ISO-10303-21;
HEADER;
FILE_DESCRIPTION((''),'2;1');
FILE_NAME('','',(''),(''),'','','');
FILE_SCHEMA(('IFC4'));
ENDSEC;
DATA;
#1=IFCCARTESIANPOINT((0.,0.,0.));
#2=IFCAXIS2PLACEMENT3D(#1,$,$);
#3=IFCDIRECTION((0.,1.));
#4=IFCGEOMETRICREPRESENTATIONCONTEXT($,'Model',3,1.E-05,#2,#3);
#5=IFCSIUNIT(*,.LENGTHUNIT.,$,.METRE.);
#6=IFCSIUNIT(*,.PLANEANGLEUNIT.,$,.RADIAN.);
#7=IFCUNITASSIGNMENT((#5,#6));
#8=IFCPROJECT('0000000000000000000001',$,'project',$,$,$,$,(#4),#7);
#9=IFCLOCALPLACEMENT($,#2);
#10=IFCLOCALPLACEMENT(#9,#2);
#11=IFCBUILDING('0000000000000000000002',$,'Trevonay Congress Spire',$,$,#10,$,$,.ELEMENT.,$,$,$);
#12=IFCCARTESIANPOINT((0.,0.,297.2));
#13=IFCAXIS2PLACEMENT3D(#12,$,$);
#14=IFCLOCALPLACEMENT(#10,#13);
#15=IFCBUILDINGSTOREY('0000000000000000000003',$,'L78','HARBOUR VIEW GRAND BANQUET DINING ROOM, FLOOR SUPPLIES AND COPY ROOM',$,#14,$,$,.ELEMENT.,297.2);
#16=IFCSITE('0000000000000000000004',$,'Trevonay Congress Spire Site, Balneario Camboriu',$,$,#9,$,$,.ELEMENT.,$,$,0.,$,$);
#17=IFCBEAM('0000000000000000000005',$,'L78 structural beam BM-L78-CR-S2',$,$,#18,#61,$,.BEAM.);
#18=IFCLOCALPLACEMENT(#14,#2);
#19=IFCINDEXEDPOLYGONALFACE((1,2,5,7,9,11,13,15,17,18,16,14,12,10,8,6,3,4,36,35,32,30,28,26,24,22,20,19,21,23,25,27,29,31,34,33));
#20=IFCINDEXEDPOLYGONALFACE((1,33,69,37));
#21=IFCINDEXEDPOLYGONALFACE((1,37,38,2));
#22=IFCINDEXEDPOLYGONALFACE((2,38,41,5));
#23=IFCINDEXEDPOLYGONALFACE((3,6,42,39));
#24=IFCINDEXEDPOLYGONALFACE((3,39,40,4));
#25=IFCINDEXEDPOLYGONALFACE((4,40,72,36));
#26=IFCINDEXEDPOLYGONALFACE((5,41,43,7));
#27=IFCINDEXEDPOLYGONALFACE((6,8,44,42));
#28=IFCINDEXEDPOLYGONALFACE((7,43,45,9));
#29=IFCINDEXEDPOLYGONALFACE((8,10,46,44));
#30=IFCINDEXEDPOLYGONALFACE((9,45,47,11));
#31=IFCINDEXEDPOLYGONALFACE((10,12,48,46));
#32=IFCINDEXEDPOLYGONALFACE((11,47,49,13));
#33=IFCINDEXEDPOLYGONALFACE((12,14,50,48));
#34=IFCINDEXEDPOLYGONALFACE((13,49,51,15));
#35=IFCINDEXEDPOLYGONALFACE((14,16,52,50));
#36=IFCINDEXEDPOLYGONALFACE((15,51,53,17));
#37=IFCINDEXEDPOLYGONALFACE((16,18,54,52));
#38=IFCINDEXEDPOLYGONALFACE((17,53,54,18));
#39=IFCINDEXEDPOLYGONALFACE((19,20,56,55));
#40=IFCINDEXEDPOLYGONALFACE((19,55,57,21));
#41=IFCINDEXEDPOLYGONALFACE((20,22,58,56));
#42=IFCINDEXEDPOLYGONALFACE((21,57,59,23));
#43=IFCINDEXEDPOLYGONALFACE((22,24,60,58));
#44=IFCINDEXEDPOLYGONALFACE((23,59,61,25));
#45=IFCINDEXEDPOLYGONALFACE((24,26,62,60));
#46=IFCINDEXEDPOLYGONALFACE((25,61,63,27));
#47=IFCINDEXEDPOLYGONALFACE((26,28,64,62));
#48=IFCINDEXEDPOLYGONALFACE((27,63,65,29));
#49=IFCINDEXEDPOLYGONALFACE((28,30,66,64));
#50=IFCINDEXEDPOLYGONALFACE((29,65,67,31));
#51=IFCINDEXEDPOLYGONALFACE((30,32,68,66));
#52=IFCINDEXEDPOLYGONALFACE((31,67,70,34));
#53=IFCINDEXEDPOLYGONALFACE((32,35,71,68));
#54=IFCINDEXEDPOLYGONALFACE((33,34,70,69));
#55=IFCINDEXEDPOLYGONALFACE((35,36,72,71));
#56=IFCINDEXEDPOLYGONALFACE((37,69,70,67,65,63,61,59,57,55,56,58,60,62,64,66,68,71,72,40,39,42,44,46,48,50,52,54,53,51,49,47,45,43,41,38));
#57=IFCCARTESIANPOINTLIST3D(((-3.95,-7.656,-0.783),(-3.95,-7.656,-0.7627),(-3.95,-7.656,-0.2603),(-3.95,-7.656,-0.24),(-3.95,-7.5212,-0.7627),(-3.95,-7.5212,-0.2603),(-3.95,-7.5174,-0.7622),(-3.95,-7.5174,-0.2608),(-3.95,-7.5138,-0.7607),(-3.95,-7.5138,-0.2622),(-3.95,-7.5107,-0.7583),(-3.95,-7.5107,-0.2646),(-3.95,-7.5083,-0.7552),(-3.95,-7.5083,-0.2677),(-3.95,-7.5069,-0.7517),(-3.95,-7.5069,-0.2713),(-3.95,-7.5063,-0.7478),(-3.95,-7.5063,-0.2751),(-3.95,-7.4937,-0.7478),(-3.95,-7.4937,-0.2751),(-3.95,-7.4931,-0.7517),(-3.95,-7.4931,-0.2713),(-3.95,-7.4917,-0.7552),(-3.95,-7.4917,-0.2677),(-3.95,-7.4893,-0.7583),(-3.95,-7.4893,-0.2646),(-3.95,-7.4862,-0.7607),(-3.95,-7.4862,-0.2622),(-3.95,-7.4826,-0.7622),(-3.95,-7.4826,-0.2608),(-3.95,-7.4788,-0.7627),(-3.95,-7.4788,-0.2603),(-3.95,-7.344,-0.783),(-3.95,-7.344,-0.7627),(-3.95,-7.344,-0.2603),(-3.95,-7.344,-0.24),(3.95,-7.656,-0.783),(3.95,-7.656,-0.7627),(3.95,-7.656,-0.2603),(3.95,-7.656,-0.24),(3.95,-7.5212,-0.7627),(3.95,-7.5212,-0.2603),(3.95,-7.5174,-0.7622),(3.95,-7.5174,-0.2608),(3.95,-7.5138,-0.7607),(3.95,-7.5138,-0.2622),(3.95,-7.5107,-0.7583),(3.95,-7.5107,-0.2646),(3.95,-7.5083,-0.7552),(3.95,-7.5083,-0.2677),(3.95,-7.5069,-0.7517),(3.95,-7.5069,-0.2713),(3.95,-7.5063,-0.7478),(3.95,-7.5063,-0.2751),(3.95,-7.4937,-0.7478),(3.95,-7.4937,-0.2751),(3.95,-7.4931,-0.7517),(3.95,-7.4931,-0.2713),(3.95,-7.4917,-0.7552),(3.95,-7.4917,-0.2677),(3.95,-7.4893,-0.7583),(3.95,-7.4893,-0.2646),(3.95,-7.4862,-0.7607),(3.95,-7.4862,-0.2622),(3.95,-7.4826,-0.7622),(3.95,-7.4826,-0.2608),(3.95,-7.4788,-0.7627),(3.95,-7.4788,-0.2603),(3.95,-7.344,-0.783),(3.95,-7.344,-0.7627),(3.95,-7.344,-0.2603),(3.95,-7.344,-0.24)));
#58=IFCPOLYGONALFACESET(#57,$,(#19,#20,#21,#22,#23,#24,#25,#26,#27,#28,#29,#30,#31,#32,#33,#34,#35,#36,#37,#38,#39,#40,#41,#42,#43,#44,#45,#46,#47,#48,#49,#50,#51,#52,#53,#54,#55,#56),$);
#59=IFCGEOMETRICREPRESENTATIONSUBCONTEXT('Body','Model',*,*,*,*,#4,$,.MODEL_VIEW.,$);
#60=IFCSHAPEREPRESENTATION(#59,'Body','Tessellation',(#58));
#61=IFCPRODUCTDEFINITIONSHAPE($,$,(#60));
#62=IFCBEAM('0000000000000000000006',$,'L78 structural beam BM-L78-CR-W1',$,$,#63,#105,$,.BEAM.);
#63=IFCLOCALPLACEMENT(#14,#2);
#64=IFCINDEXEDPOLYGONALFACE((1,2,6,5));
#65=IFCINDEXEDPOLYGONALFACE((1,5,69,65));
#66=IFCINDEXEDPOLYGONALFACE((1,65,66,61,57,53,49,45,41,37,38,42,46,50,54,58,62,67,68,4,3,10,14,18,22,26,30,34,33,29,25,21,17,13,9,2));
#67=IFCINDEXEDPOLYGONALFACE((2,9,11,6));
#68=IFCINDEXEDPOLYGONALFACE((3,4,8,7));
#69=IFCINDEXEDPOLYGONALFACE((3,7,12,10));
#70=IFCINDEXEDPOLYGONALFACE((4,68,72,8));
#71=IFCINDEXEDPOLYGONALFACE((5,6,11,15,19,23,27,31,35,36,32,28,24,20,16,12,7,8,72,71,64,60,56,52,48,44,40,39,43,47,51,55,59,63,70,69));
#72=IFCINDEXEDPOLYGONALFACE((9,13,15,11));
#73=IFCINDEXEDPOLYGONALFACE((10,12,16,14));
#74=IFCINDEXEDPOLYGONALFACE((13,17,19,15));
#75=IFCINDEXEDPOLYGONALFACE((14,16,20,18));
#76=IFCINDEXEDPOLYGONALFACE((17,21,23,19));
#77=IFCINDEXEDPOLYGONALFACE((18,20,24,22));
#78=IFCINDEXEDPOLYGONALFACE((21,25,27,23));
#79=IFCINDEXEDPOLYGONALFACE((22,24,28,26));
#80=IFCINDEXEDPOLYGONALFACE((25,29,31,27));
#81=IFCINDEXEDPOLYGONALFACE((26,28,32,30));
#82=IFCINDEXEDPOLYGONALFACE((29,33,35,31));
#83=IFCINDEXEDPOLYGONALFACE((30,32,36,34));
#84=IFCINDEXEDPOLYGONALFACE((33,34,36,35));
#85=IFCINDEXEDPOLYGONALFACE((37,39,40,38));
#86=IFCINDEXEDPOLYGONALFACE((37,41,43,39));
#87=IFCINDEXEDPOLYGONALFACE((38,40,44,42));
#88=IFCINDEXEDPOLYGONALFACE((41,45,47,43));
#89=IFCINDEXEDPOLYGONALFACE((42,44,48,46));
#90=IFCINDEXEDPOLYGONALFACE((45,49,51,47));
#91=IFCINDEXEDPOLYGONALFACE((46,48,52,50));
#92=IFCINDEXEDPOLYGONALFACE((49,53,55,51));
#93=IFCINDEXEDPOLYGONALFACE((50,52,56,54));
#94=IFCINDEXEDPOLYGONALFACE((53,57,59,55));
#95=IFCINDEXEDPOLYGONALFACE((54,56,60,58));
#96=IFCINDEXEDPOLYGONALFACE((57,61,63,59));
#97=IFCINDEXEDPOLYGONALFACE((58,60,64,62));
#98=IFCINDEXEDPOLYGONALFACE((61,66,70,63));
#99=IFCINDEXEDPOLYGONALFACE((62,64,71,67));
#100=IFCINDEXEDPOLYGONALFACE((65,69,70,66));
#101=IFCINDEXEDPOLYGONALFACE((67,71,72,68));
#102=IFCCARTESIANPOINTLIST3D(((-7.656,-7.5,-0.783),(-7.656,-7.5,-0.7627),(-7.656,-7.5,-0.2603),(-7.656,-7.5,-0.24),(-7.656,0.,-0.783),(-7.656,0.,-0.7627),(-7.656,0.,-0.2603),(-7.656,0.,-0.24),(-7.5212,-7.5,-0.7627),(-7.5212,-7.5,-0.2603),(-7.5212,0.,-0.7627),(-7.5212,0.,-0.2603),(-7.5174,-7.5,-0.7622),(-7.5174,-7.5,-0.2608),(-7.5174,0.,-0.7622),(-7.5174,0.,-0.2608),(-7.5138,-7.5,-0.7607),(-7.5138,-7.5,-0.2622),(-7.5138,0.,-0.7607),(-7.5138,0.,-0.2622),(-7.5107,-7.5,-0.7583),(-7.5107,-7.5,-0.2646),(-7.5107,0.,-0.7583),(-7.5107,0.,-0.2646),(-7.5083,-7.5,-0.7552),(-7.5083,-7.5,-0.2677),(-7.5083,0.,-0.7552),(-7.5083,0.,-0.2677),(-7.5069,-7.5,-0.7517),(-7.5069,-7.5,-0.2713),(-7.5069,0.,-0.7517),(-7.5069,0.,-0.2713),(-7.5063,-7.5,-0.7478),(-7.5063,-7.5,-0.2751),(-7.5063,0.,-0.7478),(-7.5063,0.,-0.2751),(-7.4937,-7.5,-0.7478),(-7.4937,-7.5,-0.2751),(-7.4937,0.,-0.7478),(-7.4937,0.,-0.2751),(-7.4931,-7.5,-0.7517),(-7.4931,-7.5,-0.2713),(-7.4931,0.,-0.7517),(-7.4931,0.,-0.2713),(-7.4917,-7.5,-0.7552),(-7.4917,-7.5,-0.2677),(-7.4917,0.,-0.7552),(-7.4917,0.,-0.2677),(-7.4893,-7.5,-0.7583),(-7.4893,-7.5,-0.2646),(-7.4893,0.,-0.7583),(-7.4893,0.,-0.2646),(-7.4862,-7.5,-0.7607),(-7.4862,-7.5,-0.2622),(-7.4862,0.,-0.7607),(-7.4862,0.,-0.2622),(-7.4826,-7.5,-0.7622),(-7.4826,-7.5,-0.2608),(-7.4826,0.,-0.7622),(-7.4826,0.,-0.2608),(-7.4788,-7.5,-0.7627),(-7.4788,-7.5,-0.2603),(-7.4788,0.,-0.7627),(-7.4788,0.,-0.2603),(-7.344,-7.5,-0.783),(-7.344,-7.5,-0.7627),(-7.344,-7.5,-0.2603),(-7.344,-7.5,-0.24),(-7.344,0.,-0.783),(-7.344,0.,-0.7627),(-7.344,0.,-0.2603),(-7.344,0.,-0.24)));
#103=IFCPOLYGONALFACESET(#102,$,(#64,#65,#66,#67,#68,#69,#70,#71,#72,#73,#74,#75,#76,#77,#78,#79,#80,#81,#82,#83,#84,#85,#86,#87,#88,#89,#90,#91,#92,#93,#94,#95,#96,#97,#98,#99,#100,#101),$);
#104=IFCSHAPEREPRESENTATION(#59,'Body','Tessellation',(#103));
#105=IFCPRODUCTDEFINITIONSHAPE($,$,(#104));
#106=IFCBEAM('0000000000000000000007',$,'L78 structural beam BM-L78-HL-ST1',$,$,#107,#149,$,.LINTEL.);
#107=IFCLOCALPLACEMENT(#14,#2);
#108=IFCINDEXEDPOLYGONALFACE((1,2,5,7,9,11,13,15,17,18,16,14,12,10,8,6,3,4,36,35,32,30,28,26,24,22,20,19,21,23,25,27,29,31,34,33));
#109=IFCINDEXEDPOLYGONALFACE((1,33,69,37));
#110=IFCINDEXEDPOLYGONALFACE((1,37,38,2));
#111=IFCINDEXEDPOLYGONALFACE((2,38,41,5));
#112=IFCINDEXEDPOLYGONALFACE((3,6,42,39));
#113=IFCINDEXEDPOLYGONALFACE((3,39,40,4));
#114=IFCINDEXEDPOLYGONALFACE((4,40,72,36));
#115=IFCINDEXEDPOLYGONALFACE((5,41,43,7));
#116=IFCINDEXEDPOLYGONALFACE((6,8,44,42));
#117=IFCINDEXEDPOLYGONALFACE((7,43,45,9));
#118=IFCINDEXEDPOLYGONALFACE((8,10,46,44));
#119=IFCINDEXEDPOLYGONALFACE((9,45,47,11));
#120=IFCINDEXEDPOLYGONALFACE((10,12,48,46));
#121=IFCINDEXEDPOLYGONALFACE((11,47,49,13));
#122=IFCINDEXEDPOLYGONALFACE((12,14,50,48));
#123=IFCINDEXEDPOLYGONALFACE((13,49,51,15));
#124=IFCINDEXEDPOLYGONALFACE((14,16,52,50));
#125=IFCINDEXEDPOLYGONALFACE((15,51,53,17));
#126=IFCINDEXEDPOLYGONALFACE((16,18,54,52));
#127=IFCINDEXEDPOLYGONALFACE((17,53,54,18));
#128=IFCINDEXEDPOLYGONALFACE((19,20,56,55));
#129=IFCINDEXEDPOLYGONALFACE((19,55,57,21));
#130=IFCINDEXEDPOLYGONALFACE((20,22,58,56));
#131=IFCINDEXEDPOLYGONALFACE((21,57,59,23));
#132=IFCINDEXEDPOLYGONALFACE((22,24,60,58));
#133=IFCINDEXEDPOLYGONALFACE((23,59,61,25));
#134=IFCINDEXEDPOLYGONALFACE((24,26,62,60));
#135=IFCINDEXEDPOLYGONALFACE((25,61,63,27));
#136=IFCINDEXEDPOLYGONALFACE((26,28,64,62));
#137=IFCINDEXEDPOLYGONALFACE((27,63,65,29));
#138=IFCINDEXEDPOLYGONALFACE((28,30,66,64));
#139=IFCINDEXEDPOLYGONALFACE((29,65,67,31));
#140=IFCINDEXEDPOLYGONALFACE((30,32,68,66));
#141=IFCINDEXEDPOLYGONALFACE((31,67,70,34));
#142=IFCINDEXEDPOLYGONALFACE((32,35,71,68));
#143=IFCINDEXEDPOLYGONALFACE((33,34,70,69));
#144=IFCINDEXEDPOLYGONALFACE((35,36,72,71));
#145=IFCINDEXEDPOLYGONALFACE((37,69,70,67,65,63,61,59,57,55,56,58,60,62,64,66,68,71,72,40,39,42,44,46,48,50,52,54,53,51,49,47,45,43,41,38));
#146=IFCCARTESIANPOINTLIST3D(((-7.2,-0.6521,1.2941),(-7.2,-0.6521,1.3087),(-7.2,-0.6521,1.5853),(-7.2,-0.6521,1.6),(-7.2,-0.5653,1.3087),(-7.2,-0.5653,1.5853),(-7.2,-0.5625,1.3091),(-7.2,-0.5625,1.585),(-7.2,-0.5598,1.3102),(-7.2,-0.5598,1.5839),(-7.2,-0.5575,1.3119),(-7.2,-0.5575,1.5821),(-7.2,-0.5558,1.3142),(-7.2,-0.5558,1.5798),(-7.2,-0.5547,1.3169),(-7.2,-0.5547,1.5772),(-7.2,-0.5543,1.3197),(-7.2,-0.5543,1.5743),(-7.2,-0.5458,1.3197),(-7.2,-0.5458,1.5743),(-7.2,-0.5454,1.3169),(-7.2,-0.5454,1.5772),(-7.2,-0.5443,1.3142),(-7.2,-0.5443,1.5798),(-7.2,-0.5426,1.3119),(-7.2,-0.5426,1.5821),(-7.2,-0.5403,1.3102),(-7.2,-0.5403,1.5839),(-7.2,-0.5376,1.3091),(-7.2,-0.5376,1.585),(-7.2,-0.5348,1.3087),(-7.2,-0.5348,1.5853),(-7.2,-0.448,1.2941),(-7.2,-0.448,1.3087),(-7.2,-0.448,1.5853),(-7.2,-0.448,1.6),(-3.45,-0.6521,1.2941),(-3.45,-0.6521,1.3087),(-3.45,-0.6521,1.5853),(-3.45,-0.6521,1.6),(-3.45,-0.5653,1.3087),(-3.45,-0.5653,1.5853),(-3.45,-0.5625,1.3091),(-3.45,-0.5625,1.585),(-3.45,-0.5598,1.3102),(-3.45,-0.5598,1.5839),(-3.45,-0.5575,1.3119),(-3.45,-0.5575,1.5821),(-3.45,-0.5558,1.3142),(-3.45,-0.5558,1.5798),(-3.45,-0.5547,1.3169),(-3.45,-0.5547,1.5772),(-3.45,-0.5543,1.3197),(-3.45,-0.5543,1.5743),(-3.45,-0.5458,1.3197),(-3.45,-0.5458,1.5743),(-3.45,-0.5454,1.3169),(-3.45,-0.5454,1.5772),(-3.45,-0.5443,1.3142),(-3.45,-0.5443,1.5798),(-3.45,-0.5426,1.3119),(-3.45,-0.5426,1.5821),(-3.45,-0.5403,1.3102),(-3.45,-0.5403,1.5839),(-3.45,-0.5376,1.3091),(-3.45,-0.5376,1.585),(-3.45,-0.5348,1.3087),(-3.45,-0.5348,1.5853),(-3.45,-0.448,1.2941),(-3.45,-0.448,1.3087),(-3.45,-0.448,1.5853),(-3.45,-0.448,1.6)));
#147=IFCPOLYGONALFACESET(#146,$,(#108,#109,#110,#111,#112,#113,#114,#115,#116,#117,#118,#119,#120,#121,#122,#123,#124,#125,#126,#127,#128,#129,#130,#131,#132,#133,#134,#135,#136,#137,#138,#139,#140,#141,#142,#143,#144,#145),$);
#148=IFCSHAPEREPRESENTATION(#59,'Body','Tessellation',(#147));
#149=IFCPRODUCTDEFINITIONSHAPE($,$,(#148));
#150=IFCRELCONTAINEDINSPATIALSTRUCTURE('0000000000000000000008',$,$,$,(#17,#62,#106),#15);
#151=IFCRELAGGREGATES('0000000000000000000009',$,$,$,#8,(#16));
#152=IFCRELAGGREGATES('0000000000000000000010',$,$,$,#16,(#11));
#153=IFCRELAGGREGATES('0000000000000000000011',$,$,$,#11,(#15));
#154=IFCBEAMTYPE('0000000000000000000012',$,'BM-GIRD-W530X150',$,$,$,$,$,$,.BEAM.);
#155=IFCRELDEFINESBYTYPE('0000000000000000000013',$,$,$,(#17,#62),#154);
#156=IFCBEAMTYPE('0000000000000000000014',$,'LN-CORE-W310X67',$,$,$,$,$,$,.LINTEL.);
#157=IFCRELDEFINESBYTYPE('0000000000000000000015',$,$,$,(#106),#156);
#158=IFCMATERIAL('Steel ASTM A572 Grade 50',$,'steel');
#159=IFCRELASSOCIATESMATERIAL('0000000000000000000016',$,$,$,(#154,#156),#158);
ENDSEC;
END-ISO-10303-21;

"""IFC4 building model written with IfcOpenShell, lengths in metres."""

from ifc_helpers import new_model, si_unit, direction, frame, origin, origin_2d, place, context, subcontext, project, spatial, i_section, extrude, material, material_profile, profile_set, type_object, element, save


model = new_model("IFC4")

# Units and contexts
model_context = context("Model", 3, precision=1e-05, world=origin(), true_north=direction((0.0, 1.0)))
body_context = subcontext(model_context, "Body", "Model", "MODEL_VIEW")
ifc_project = project(units=[si_unit("LENGTHUNIT", "METRE"), si_unit("PLANEANGLEUNIT", "RADIAN")], contexts=[model_context])

# Site, building, storey
site_placement = place(None, origin())
site = spatial("IfcSite", under=ifc_project, at=site_placement, Name="Trevonay Congress Spire Site, Balneario Camboriu", CompositionType="ELEMENT", RefElevation=0.0)
building_placement = place(site_placement, origin())
building = spatial("IfcBuilding", under=site, at=building_placement, Name="Trevonay Congress Spire", CompositionType="ELEMENT")
storey_placement = place(building_placement, frame((0.0, 0.0, 297.2)))
storey = spatial("IfcBuildingStorey", under=building, at=storey_placement, Name="L78", Description="HARBOUR VIEW GRAND BANQUET DINING ROOM, FLOOR SUPPLIES AND COPY ROOM", CompositionType="ELEMENT", Elevation=297.2)

# Shared definitions
ifc_material_1 = material(Name="Steel ASTM A572 Grade 50", Category="steel")

# Beams
ifc_material_profile_1 = material_profile(ifc_material_1, i_section(OverallWidth=0.312, OverallDepth=0.543, WebThickness=0.0127, FlangeThickness=0.0203, FilletRadius=0.0149, at=origin_2d()), Name="W530x150")
ifc_profile_set_1 = profile_set([ifc_material_profile_1], Name="Steel ASTM A572 Grade 50")
beam_type_1 = type_object("IfcBeamType", Name="BM-GIRD-W530X150", PredefinedType="BEAM", material=ifc_profile_set_1)
beam_1_placement = place(storey_placement, frame((-3.95, -7.5, -0.5115), z_axis=(1.0, 0.0, 0.0), x_axis=(0.0, 1.0, 0.0)))
element("IfcBeam", 1, at=beam_1_placement, inside=storey, type_object=beam_type_1, Name="L78 structural beam BM-L78-CR-S2", PredefinedType="BEAM", context=body_context, shape_type="SweptSolid", body=[
    extrude(i_section(OverallWidth=0.312, OverallDepth=0.543, WebThickness=0.0127, FlangeThickness=0.0203, FilletRadius=0.0149, at=origin_2d()), origin(), (0.0, 0.0, 1.0), 7.8999),
])
beam_2_placement = place(storey_placement, frame((-7.5, -7.5, -0.5115), z_axis=(0.0, 1.0, 0.0), x_axis=(-1.0, 0.0, 0.0)))
element("IfcBeam", 2, at=beam_2_placement, inside=storey, type_object=beam_type_1, Name="L78 structural beam BM-L78-CR-W1", PredefinedType="BEAM", context=body_context, shape_type="SweptSolid", body=[
    extrude(i_section(OverallWidth=0.312, OverallDepth=0.543, WebThickness=0.0127, FlangeThickness=0.0203, FilletRadius=0.0149, at=origin_2d()), origin(), (0.0, 0.0, 1.0), 7.5),
])
ifc_material_profile_2 = material_profile(ifc_material_1, i_section(OverallWidth=0.2041, OverallDepth=0.3059, WebThickness=0.0085, FlangeThickness=0.0146, FilletRadius=0.011, at=origin_2d()), Name="W310x67")
ifc_profile_set_2 = profile_set([ifc_material_profile_2], Name="Steel ASTM A572 Grade 50")
beam_type_2 = type_object("IfcBeamType", Name="LN-CORE-W310X67", PredefinedType="LINTEL", material=ifc_profile_set_2)
beam_3_placement = place(storey_placement, frame((-7.2, -0.55, 1.447), z_axis=(1.0, 0.0, 0.0), x_axis=(0.0, 1.0, 0.0)))
element("IfcBeam", 3, at=beam_3_placement, inside=storey, type_object=beam_type_2, Name="L78 structural beam BM-L78-HL-ST1", PredefinedType="LINTEL", context=body_context, shape_type="SweptSolid", body=[
    extrude(i_section(OverallWidth=0.2041, OverallDepth=0.3059, WebThickness=0.0085, FlangeThickness=0.0146, FilletRadius=0.011, at=origin_2d()), origin(), (0.0, 0.0, 1.0), 3.75),
])

save(model, "model.ifc")
